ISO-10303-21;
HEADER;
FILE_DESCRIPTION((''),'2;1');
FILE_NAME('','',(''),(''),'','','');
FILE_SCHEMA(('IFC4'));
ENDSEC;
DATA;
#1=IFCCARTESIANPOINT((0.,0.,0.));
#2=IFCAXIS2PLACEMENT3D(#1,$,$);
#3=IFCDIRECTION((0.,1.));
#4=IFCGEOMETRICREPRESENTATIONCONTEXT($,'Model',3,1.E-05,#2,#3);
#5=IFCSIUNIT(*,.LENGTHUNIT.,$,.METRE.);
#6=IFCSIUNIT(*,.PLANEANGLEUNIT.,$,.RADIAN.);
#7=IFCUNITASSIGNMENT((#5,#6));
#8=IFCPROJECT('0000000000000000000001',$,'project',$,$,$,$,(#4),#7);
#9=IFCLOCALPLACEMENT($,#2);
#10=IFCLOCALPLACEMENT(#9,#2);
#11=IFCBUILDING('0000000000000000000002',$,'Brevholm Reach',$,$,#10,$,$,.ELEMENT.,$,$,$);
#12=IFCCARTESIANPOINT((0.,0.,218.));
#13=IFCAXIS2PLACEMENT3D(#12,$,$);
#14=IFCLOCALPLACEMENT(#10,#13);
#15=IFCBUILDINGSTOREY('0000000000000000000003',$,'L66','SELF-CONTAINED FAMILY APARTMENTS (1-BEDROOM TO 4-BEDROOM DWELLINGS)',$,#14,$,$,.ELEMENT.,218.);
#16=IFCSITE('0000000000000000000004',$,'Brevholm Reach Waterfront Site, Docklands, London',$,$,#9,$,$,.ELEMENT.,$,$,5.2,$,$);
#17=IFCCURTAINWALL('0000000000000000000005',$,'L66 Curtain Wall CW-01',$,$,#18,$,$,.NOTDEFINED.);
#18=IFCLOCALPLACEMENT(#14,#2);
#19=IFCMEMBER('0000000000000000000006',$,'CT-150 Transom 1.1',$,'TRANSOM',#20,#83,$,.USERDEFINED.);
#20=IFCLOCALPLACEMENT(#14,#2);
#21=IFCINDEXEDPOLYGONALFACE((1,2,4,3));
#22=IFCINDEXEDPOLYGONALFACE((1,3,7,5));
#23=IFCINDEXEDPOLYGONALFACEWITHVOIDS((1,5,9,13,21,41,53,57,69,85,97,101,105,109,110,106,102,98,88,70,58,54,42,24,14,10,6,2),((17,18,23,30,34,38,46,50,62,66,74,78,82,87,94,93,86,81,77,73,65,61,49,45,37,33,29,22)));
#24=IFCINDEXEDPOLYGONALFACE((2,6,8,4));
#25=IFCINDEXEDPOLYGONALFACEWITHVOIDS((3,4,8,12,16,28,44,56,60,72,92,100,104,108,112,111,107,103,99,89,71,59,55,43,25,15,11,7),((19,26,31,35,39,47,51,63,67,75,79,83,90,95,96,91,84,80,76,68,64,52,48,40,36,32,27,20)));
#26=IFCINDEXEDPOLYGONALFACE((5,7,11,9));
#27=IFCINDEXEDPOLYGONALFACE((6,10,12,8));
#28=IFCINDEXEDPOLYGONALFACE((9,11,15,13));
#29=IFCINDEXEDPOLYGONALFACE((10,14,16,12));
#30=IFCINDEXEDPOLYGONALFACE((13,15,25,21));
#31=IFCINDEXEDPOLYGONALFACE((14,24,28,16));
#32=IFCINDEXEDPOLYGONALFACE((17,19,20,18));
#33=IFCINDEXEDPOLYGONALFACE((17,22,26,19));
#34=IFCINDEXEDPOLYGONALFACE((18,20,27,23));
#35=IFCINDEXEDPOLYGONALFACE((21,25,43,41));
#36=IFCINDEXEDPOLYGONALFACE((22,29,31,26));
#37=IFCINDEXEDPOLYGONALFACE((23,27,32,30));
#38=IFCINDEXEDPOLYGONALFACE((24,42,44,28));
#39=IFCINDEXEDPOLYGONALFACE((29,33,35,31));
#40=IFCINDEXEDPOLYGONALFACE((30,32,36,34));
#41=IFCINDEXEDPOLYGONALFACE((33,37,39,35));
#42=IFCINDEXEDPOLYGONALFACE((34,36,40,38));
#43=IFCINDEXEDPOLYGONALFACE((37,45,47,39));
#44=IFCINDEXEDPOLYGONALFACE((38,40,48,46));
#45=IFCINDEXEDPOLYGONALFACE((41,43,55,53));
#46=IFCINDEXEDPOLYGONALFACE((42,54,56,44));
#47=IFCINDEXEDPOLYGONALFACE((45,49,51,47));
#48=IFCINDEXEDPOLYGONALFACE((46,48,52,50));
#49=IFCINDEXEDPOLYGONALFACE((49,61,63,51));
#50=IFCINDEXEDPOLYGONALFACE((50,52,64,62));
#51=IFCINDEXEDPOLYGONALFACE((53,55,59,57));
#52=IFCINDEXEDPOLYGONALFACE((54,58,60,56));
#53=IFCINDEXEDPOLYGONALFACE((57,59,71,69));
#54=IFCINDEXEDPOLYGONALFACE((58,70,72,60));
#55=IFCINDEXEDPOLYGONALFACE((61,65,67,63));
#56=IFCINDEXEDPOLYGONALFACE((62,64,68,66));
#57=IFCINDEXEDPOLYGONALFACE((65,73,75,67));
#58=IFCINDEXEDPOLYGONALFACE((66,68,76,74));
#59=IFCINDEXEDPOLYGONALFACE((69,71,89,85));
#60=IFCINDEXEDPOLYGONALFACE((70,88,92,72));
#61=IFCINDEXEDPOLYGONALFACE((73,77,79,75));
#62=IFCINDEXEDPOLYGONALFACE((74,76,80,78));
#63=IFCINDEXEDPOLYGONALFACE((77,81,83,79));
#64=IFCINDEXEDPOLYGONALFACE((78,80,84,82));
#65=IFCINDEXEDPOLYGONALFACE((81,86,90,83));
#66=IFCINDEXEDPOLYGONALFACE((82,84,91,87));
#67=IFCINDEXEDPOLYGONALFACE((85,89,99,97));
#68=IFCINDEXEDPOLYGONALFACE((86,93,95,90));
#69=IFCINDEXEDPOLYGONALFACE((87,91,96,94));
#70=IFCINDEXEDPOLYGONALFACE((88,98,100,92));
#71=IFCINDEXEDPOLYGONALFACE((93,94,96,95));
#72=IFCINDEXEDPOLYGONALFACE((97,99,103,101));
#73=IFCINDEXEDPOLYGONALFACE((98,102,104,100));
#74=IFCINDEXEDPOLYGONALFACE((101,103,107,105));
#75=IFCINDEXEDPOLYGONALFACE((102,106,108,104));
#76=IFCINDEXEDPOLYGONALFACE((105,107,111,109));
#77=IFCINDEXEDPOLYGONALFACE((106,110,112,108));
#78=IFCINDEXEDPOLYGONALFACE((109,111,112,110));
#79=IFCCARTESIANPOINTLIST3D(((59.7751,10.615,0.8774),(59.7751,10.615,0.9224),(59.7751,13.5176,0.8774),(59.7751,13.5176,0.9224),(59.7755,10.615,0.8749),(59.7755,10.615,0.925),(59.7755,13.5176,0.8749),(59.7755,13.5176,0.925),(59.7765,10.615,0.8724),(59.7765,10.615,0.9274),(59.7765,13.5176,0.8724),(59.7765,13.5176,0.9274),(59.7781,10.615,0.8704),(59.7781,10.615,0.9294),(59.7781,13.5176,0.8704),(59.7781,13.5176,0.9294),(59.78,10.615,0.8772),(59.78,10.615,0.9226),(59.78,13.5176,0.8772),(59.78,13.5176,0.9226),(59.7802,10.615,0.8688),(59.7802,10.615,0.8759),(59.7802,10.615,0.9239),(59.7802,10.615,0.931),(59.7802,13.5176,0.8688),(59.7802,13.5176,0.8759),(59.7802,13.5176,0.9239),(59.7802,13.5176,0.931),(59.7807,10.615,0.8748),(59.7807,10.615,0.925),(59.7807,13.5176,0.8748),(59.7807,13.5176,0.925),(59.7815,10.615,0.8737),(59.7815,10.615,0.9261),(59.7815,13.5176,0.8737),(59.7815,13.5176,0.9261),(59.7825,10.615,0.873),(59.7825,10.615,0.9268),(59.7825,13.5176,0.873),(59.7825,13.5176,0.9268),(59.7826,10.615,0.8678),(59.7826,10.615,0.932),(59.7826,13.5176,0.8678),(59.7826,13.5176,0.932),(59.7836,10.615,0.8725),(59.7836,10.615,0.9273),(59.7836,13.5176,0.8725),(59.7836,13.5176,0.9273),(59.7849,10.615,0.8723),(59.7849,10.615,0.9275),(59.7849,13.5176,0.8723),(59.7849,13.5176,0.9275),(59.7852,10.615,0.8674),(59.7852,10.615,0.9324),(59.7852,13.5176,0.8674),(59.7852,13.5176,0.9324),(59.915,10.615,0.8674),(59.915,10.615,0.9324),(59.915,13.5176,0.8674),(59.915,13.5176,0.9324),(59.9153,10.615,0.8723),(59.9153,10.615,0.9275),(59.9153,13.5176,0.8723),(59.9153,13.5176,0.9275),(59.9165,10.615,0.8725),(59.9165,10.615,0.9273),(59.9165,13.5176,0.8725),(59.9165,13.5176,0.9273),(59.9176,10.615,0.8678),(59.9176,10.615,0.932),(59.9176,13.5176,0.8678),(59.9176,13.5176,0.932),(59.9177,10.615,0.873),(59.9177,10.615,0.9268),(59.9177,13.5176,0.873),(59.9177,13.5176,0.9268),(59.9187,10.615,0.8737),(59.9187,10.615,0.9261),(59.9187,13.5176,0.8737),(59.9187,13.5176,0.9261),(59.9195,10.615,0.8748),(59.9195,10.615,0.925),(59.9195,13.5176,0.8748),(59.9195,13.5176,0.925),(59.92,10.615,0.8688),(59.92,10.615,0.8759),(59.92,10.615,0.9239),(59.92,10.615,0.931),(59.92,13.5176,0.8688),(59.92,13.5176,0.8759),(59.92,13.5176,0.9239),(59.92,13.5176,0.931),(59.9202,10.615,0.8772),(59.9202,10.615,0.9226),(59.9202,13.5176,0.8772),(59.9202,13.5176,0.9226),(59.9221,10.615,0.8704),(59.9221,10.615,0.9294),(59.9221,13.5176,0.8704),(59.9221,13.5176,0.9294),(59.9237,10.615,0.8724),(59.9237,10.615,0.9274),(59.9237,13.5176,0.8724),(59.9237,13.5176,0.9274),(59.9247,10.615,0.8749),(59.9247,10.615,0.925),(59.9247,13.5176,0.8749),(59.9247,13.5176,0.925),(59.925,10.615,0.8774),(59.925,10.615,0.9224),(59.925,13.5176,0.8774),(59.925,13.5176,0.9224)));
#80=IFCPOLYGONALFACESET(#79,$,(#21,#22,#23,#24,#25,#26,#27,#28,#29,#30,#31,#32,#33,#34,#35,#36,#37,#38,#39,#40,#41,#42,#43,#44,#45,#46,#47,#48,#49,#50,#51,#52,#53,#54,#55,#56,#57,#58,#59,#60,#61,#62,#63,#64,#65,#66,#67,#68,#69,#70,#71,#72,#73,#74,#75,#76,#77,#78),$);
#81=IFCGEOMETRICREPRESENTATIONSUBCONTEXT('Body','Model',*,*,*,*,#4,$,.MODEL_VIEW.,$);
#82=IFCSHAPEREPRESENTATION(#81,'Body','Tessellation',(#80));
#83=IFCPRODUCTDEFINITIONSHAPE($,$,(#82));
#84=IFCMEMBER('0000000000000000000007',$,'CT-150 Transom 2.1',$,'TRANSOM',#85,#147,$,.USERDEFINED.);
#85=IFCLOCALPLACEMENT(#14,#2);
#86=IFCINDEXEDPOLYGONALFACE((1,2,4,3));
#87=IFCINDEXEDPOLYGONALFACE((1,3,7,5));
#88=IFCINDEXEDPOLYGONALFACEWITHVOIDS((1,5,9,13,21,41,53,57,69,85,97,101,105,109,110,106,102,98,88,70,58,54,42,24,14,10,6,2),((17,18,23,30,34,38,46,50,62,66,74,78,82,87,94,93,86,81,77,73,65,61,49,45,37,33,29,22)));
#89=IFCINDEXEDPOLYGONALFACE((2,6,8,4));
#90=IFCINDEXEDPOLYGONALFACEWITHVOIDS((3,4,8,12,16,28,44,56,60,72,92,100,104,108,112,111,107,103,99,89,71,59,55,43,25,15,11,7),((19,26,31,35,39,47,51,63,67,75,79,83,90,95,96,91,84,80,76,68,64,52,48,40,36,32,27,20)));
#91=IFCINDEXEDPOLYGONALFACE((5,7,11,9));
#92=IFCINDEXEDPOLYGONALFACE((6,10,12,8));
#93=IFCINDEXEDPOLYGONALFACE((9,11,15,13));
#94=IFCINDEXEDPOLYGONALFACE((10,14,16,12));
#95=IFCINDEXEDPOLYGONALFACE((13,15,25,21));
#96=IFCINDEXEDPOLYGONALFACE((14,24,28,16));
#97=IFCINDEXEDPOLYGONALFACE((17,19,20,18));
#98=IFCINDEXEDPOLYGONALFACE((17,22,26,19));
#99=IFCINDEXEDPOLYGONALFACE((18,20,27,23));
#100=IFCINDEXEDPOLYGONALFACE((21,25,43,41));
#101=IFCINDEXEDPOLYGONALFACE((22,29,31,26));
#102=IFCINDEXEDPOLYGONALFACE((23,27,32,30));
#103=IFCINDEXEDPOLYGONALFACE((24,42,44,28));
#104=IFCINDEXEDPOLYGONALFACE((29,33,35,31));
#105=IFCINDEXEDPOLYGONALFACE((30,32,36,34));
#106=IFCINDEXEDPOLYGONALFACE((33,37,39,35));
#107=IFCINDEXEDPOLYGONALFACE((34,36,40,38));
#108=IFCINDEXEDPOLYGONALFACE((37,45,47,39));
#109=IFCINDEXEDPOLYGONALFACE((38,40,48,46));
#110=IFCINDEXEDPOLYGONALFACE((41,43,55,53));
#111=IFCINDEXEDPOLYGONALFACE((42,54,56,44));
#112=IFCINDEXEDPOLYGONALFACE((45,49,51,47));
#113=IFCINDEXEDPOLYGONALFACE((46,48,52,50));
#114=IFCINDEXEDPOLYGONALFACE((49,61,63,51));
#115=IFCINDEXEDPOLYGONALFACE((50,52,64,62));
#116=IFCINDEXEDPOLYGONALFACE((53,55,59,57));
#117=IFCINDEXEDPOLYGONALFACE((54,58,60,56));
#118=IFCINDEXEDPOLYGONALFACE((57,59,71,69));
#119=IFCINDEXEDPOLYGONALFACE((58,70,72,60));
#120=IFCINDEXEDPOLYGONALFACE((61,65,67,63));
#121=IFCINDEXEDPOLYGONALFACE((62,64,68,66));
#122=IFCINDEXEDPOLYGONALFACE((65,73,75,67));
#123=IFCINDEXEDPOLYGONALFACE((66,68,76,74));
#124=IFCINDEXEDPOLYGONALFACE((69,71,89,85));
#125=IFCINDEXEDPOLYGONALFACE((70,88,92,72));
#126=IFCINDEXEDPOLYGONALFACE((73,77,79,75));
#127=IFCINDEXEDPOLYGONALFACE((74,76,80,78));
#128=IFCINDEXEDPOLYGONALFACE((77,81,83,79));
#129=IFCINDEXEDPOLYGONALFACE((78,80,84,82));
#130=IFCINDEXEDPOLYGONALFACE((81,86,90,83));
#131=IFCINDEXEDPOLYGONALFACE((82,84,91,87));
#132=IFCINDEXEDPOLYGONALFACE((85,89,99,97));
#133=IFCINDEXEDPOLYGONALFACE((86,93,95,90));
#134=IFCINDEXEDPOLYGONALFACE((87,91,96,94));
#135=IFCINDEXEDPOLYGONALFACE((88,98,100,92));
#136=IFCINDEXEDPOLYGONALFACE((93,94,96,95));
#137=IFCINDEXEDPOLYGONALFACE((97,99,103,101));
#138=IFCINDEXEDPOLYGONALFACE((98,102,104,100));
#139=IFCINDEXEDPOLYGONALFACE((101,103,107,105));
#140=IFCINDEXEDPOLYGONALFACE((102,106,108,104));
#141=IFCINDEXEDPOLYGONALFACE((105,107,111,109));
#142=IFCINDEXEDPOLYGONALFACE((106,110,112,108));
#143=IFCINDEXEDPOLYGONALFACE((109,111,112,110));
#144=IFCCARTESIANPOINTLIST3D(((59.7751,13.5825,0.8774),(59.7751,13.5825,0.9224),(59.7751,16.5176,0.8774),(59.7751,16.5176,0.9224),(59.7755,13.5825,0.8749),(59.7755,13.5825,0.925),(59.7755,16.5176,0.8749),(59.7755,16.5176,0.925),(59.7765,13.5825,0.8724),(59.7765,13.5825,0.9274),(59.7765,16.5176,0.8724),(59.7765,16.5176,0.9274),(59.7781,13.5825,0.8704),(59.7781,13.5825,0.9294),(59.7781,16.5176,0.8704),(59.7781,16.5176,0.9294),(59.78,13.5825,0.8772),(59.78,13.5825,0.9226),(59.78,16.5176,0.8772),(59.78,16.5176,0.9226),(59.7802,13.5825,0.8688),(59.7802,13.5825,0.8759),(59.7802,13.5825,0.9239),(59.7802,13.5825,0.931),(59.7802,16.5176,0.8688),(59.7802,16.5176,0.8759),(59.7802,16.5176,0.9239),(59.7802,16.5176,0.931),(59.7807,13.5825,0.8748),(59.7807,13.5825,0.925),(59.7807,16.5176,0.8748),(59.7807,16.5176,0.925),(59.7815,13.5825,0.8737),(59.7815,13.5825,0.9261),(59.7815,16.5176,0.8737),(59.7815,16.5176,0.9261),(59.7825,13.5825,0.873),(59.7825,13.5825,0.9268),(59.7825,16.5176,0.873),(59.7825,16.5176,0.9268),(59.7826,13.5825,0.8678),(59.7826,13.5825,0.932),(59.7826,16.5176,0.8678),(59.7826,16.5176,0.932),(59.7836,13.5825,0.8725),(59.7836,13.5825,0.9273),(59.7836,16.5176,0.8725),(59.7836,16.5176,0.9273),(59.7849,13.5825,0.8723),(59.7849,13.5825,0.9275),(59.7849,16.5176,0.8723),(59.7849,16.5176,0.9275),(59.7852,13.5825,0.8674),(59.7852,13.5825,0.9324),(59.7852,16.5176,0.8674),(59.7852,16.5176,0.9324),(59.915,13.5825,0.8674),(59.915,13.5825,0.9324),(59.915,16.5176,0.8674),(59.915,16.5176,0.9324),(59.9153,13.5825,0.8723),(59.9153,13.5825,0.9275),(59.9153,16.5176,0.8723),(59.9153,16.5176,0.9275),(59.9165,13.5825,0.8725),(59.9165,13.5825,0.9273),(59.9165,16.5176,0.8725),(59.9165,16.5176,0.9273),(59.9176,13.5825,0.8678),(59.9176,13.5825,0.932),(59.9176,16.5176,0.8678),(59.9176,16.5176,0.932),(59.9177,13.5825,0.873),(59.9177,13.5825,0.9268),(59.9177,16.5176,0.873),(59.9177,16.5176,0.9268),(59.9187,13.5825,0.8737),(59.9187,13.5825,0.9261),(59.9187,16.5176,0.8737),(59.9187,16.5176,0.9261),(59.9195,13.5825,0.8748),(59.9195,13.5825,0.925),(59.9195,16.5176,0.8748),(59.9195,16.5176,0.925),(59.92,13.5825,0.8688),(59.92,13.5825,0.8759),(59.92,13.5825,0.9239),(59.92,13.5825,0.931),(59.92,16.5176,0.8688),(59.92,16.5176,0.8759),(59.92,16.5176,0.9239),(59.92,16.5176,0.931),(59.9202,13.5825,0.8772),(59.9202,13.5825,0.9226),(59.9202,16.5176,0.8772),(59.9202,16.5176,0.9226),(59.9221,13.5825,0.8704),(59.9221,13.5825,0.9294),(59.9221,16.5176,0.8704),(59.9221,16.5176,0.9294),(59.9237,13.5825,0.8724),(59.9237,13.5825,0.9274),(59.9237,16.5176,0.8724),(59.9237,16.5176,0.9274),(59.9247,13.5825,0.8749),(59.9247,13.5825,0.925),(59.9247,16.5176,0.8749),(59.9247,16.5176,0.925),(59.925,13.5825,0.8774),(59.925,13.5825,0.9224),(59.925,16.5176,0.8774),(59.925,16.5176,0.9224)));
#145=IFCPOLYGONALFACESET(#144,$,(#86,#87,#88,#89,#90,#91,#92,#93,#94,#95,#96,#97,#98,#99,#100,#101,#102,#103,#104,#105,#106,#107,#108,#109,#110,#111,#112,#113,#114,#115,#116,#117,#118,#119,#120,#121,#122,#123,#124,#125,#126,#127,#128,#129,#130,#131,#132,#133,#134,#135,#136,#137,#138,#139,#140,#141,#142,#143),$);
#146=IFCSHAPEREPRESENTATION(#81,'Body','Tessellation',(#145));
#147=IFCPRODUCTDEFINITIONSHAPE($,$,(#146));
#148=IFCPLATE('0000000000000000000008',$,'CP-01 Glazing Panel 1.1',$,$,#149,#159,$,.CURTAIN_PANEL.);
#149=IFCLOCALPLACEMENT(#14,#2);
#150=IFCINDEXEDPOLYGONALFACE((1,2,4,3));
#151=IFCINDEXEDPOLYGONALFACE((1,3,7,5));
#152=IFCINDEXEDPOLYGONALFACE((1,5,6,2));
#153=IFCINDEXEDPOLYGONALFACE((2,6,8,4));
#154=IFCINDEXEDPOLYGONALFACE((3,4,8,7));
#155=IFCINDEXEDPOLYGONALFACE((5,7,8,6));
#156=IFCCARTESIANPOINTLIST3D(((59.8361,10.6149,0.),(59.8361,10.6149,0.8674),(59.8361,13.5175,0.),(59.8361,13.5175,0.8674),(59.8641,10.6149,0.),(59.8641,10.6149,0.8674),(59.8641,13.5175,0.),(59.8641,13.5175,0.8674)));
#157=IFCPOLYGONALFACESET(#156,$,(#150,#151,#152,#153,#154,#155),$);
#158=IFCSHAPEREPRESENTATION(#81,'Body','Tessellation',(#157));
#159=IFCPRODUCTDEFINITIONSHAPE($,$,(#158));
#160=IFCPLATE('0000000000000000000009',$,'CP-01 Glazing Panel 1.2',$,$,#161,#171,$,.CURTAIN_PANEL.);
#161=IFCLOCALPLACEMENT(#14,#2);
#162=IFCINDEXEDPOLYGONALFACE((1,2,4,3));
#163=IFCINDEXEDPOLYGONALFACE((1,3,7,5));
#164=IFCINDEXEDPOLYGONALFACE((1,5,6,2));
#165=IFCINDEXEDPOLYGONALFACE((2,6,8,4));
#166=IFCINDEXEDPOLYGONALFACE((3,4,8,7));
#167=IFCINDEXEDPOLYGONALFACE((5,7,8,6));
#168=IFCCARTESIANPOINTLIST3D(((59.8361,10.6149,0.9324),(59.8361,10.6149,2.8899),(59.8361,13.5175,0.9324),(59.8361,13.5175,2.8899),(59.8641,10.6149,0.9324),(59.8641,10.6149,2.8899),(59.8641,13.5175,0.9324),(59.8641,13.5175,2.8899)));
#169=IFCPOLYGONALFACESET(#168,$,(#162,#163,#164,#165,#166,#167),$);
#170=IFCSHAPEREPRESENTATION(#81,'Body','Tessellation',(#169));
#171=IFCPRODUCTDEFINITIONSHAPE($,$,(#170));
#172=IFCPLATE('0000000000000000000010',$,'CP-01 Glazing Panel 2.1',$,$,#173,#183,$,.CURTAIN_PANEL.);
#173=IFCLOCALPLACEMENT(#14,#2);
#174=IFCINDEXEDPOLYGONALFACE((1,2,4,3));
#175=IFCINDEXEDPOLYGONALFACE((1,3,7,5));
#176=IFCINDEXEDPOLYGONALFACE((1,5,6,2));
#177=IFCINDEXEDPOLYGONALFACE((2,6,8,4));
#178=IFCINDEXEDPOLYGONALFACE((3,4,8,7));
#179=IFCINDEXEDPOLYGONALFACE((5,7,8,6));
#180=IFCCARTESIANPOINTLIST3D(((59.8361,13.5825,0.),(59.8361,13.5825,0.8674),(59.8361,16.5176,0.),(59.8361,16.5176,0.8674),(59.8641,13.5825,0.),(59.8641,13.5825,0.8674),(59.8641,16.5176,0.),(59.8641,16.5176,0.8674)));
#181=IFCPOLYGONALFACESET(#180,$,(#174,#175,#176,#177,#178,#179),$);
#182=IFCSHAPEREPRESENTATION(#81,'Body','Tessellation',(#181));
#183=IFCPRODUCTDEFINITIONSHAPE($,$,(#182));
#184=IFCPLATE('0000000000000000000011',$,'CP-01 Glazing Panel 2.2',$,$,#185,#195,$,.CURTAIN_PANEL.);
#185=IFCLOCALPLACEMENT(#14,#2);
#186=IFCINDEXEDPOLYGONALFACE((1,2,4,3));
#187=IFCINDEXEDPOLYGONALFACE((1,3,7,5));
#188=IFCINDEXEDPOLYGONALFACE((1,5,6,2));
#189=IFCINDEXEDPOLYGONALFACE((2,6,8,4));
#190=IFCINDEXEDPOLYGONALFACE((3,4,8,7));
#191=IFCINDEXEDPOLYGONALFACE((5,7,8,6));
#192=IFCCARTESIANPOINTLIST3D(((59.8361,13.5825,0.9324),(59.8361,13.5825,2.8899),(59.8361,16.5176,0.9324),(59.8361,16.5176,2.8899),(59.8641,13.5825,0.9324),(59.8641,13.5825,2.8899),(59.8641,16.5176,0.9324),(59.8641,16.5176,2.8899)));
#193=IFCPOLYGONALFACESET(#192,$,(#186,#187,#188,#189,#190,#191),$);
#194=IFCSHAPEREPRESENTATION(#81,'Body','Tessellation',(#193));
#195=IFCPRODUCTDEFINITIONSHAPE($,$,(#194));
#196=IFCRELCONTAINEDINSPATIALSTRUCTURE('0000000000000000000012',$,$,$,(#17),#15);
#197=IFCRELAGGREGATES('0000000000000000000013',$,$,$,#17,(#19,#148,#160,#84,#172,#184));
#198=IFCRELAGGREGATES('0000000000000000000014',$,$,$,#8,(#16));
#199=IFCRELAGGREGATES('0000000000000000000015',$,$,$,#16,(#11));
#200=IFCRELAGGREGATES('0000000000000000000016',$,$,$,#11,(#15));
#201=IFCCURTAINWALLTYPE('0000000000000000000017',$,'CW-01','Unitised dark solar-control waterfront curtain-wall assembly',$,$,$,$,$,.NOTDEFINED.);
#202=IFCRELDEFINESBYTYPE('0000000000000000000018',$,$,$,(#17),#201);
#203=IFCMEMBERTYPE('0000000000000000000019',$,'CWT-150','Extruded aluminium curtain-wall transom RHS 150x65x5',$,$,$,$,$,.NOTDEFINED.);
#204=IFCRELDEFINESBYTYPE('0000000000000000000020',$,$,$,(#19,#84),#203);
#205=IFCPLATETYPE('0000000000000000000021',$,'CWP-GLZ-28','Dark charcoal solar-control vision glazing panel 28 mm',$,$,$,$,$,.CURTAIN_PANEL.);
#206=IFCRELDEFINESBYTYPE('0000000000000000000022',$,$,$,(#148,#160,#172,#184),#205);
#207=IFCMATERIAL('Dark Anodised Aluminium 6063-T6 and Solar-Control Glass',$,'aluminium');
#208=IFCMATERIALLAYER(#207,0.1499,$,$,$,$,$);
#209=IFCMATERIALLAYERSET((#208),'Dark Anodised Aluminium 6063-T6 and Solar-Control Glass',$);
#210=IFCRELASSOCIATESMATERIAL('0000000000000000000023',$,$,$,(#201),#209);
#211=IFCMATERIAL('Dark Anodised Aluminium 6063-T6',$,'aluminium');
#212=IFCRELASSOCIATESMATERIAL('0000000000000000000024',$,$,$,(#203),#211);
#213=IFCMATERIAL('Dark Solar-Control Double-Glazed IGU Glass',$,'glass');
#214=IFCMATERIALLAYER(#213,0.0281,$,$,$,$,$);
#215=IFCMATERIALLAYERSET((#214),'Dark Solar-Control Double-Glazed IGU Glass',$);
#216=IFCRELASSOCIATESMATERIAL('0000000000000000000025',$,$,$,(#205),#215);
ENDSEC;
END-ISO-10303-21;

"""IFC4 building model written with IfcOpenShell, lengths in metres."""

from ifc_helpers import new_model, si_unit, direction, frame, origin, origin_2d, place, context, subcontext, project, spatial, rectangle, hollow_rectangle, extrude, material, layer, layer_set, material_profile, profile_set, type_object, element, aggregate, save


model = new_model("IFC4")

# Units and contexts
model_context = context("Model", 3, precision=1e-05, world=origin(), true_north=direction((0.0, 1.0)))
body_context = subcontext(model_context, "Body", "Model", "MODEL_VIEW")
ifc_project = project(units=[si_unit("LENGTHUNIT", "METRE"), si_unit("PLANEANGLEUNIT", "RADIAN")], contexts=[model_context])

# Site, building, storey
site_placement = place(None, origin())
site = spatial("IfcSite", under=ifc_project, at=site_placement, Name="Brevholm Reach Waterfront Site, Docklands, London", CompositionType="ELEMENT", RefElevation=5.2)
building_placement = place(site_placement, origin())
building = spatial("IfcBuilding", under=site, at=building_placement, Name="Brevholm Reach", CompositionType="ELEMENT")
storey_placement = place(building_placement, frame((0.0, 0.0, 218.0)))
storey = spatial("IfcBuildingStorey", under=building, at=storey_placement, Name="L66", Description="SELF-CONTAINED FAMILY APARTMENTS (1-BEDROOM TO 4-BEDROOM DWELLINGS)", CompositionType="ELEMENT", Elevation=218.0)

# Curtain wall, members, plates
ifc_material_1 = material(Name="Dark Anodised Aluminium 6063-T6 and Solar-Control Glass", Category="aluminium")
ifc_layer_1 = layer(ifc_material_1, 0.1499)
ifc_layer_set_1 = layer_set([ifc_layer_1], Name="Dark Anodised Aluminium 6063-T6 and Solar-Control Glass")
curtain_wall_type = type_object("IfcCurtainWallType", Name="CW-01", Description="Unitised dark solar-control waterfront curtain-wall assembly", PredefinedType="NOTDEFINED", material=ifc_layer_set_1)
curtain_wall_placement = place(storey_placement, origin())
curtain_wall = element("IfcCurtainWall", 1, at=curtain_wall_placement, inside=storey, type_object=curtain_wall_type, Name="L66 Curtain Wall CW-01", PredefinedType="NOTDEFINED")
ifc_material_2 = material(Name="Dark Anodised Aluminium 6063-T6", Category="aluminium")
ifc_material_profile_1 = material_profile(ifc_material_2, hollow_rectangle(XDim=0.0649, YDim=0.1499, WallThickness=0.0049, InnerFilletRadius=0.0049, OuterFilletRadius=0.01, at=origin_2d()), Name="RHS 150x65x5")
ifc_profile_set_1 = profile_set([ifc_material_profile_1], Name="Dark Anodised Aluminium 6063-T6")
member_type_1 = type_object("IfcMemberType", Name="CWT-150", Description="Extruded aluminium curtain-wall transom RHS 150x65x5", PredefinedType="NOTDEFINED", material=ifc_profile_set_1)
member_1_placement = place(storey_placement, frame((59.8501, 10.615, 0.8999), z_axis=(0.0, 1.0, 0.0), x_axis=(0.0, 0.0, 1.0)))
member_1 = element("IfcMember", 2, at=member_1_placement, type_object=member_type_1, Name="CT-150 Transom 1.1", ObjectType="TRANSOM", PredefinedType="USERDEFINED", context=body_context, shape_type="SweptSolid", body=[
    extrude(hollow_rectangle(XDim=0.0649, YDim=0.1499, WallThickness=0.0049, InnerFilletRadius=0.0049, OuterFilletRadius=0.01, at=origin_2d()), origin(), (0.0, 0.0, 1.0), 2.9026),
])
member_2_placement = place(storey_placement, frame((59.8501, 13.5825, 0.8999), z_axis=(0.0, 1.0, 0.0), x_axis=(0.0, 0.0, 1.0)))
member_2 = element("IfcMember", 3, at=member_2_placement, type_object=member_type_1, Name="CT-150 Transom 2.1", ObjectType="TRANSOM", PredefinedType="USERDEFINED", context=body_context, shape_type="SweptSolid", body=[
    extrude(hollow_rectangle(XDim=0.0649, YDim=0.1499, WallThickness=0.0049, InnerFilletRadius=0.0049, OuterFilletRadius=0.01, at=origin_2d()), origin(), (0.0, 0.0, 1.0), 2.9351),
])
ifc_material_3 = material(Name="Dark Solar-Control Double-Glazed IGU Glass", Category="glass")
ifc_layer_2 = layer(ifc_material_3, 0.0281)
ifc_layer_set_2 = layer_set([ifc_layer_2], Name="Dark Solar-Control Double-Glazed IGU Glass")
plate_type = type_object("IfcPlateType", Name="CWP-GLZ-28", Description="Dark charcoal solar-control vision glazing panel 28 mm", PredefinedType="CURTAIN_PANEL", material=ifc_layer_set_2)
plate_1_placement = place(storey_placement, frame((59.8501, 12.0662, 0.0), z_axis=(0.0, 0.0, 1.0), x_axis=(0.0, 1.0, 0.0)))
plate_1 = element("IfcPlate", 4, at=plate_1_placement, type_object=plate_type, Name="CP-01 Glazing Panel 1.1", PredefinedType="CURTAIN_PANEL", context=body_context, shape_type="SweptSolid", body=[
    extrude(rectangle(XDim=2.9026, YDim=0.0281, at=origin_2d()), origin(), (0.0, 0.0, 1.0), 0.8674),
])
plate_2_placement = place(storey_placement, frame((59.8501, 12.0662, 0.9324), z_axis=(0.0, 0.0, 1.0), x_axis=(0.0, 1.0, 0.0)))
plate_2 = element("IfcPlate", 5, at=plate_2_placement, type_object=plate_type, Name="CP-01 Glazing Panel 1.2", PredefinedType="CURTAIN_PANEL", context=body_context, shape_type="SweptSolid", body=[
    extrude(rectangle(XDim=2.9026, YDim=0.0281, at=origin_2d()), origin(), (0.0, 0.0, 1.0), 1.9575),
])
plate_3_placement = place(storey_placement, frame((59.8501, 15.05, 0.0), z_axis=(0.0, 0.0, 1.0), x_axis=(0.0, 1.0, 0.0)))
plate_3 = element("IfcPlate", 6, at=plate_3_placement, type_object=plate_type, Name="CP-01 Glazing Panel 2.1", PredefinedType="CURTAIN_PANEL", context=body_context, shape_type="SweptSolid", body=[
    extrude(rectangle(XDim=2.9351, YDim=0.0281, at=origin_2d()), origin(), (0.0, 0.0, 1.0), 0.8674),
])
plate_4_placement = place(storey_placement, frame((59.8501, 15.05, 0.9324), z_axis=(0.0, 0.0, 1.0), x_axis=(0.0, 1.0, 0.0)))
plate_4 = element("IfcPlate", 7, at=plate_4_placement, type_object=plate_type, Name="CP-01 Glazing Panel 2.2", PredefinedType="CURTAIN_PANEL", context=body_context, shape_type="SweptSolid", body=[
    extrude(rectangle(XDim=2.9351, YDim=0.0281, at=origin_2d()), origin(), (0.0, 0.0, 1.0), 1.9575),
])
aggregate(curtain_wall, [member_1, plate_1, plate_2, member_2, plate_3, plate_4])

save(model, "model.ifc")
